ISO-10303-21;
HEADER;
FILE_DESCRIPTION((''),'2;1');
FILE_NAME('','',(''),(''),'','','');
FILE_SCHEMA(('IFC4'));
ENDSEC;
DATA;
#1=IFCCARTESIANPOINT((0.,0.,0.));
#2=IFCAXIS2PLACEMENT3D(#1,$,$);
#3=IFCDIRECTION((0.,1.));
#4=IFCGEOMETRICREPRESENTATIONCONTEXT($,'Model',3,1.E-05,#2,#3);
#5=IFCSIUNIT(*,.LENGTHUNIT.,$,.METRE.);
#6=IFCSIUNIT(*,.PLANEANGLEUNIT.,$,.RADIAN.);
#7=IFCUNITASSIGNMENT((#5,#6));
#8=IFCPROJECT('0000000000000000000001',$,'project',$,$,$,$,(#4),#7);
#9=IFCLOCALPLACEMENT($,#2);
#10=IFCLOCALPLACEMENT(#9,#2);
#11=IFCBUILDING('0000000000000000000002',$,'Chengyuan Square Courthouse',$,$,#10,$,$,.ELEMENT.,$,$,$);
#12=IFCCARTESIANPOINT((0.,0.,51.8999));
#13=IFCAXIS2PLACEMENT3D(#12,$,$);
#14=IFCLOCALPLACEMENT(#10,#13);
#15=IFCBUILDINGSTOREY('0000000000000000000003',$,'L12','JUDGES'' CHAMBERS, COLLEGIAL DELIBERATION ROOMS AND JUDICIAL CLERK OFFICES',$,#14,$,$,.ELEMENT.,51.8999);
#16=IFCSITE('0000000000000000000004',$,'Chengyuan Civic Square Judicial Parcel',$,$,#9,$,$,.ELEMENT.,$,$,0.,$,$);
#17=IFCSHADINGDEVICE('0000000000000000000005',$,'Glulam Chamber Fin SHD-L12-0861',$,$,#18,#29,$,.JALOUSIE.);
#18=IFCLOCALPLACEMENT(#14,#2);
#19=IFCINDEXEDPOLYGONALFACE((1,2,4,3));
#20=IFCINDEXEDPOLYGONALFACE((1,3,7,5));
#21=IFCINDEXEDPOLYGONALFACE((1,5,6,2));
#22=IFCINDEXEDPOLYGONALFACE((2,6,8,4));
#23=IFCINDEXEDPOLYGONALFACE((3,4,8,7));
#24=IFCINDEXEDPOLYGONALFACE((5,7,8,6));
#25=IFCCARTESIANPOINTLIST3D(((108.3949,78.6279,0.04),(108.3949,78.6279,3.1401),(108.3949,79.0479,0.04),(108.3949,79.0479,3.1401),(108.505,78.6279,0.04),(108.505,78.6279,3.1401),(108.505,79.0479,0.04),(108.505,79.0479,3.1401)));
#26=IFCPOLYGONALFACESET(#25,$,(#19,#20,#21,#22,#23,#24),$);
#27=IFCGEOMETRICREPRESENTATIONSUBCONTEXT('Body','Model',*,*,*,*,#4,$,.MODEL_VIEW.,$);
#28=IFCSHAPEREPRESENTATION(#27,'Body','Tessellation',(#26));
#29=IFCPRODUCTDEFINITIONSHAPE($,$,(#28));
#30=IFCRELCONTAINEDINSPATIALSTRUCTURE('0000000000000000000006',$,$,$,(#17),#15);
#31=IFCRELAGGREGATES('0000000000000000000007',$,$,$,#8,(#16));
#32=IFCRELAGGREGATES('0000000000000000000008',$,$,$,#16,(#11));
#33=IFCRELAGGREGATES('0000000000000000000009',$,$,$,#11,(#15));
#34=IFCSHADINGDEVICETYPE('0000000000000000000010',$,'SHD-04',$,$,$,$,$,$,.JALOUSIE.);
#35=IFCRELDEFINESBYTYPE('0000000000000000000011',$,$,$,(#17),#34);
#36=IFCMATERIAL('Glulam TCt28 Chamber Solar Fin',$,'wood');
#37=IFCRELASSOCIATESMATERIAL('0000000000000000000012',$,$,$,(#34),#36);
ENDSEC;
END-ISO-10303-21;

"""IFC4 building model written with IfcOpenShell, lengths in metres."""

from ifc_helpers import new_model, si_unit, direction, frame, origin, origin_2d, place, context, subcontext, project, spatial, rectangle, extrude, material, type_object, element, save


model = new_model("IFC4")

# Units and contexts
model_context = context("Model", 3, precision=1e-05, world=origin(), true_north=direction((0.0, 1.0)))
body_context = subcontext(model_context, "Body", "Model", "MODEL_VIEW")
ifc_project = project(units=[si_unit("LENGTHUNIT", "METRE"), si_unit("PLANEANGLEUNIT", "RADIAN")], contexts=[model_context])

# Site, building, storey
site_placement = place(None, origin())
site = spatial("IfcSite", under=ifc_project, at=site_placement, Name="Chengyuan Civic Square Judicial Parcel", CompositionType="ELEMENT", RefElevation=0.0)
building_placement = place(site_placement, origin())
building = spatial("IfcBuilding", under=site, at=building_placement, Name="Chengyuan Square Courthouse", CompositionType="ELEMENT")
storey_placement = place(building_placement, frame((0.0, 0.0, 51.8999)))
storey = spatial("IfcBuildingStorey", under=building, at=storey_placement, Name="L12", Description="JUDGES' CHAMBERS, COLLEGIAL DELIBERATION ROOMS AND JUDICIAL CLERK OFFICES", CompositionType="ELEMENT", Elevation=51.8999)

# Shading device
ifc_material_1 = material(Name="Glulam TCt28 Chamber Solar Fin", Category="wood")
shading_device_type_1 = type_object("IfcShadingDeviceType", Name="SHD-04", PredefinedType="JALOUSIE", material=ifc_material_1)
for number, where, z_axis, x_axis, name in (
    (1, (108.45, 78.8379, 0.04), (0.0, 0.0, 1.0), (0.0, 1.0, 0.0), "Glulam Chamber Fin SHD-L12-0861"),
):
    element("IfcShadingDevice", number, at=place(storey_placement, frame(where, z_axis=z_axis, x_axis=x_axis)), inside=storey, type_object=shading_device_type_1, Name=name, PredefinedType="JALOUSIE", context=body_context, shape_type="SweptSolid", body=[
        extrude(rectangle(XDim=0.4199, YDim=0.1101, at=origin_2d()), origin(), (0.0, 0.0, 1.0), 3.1001),
    ])

save(model, "model.ifc")
